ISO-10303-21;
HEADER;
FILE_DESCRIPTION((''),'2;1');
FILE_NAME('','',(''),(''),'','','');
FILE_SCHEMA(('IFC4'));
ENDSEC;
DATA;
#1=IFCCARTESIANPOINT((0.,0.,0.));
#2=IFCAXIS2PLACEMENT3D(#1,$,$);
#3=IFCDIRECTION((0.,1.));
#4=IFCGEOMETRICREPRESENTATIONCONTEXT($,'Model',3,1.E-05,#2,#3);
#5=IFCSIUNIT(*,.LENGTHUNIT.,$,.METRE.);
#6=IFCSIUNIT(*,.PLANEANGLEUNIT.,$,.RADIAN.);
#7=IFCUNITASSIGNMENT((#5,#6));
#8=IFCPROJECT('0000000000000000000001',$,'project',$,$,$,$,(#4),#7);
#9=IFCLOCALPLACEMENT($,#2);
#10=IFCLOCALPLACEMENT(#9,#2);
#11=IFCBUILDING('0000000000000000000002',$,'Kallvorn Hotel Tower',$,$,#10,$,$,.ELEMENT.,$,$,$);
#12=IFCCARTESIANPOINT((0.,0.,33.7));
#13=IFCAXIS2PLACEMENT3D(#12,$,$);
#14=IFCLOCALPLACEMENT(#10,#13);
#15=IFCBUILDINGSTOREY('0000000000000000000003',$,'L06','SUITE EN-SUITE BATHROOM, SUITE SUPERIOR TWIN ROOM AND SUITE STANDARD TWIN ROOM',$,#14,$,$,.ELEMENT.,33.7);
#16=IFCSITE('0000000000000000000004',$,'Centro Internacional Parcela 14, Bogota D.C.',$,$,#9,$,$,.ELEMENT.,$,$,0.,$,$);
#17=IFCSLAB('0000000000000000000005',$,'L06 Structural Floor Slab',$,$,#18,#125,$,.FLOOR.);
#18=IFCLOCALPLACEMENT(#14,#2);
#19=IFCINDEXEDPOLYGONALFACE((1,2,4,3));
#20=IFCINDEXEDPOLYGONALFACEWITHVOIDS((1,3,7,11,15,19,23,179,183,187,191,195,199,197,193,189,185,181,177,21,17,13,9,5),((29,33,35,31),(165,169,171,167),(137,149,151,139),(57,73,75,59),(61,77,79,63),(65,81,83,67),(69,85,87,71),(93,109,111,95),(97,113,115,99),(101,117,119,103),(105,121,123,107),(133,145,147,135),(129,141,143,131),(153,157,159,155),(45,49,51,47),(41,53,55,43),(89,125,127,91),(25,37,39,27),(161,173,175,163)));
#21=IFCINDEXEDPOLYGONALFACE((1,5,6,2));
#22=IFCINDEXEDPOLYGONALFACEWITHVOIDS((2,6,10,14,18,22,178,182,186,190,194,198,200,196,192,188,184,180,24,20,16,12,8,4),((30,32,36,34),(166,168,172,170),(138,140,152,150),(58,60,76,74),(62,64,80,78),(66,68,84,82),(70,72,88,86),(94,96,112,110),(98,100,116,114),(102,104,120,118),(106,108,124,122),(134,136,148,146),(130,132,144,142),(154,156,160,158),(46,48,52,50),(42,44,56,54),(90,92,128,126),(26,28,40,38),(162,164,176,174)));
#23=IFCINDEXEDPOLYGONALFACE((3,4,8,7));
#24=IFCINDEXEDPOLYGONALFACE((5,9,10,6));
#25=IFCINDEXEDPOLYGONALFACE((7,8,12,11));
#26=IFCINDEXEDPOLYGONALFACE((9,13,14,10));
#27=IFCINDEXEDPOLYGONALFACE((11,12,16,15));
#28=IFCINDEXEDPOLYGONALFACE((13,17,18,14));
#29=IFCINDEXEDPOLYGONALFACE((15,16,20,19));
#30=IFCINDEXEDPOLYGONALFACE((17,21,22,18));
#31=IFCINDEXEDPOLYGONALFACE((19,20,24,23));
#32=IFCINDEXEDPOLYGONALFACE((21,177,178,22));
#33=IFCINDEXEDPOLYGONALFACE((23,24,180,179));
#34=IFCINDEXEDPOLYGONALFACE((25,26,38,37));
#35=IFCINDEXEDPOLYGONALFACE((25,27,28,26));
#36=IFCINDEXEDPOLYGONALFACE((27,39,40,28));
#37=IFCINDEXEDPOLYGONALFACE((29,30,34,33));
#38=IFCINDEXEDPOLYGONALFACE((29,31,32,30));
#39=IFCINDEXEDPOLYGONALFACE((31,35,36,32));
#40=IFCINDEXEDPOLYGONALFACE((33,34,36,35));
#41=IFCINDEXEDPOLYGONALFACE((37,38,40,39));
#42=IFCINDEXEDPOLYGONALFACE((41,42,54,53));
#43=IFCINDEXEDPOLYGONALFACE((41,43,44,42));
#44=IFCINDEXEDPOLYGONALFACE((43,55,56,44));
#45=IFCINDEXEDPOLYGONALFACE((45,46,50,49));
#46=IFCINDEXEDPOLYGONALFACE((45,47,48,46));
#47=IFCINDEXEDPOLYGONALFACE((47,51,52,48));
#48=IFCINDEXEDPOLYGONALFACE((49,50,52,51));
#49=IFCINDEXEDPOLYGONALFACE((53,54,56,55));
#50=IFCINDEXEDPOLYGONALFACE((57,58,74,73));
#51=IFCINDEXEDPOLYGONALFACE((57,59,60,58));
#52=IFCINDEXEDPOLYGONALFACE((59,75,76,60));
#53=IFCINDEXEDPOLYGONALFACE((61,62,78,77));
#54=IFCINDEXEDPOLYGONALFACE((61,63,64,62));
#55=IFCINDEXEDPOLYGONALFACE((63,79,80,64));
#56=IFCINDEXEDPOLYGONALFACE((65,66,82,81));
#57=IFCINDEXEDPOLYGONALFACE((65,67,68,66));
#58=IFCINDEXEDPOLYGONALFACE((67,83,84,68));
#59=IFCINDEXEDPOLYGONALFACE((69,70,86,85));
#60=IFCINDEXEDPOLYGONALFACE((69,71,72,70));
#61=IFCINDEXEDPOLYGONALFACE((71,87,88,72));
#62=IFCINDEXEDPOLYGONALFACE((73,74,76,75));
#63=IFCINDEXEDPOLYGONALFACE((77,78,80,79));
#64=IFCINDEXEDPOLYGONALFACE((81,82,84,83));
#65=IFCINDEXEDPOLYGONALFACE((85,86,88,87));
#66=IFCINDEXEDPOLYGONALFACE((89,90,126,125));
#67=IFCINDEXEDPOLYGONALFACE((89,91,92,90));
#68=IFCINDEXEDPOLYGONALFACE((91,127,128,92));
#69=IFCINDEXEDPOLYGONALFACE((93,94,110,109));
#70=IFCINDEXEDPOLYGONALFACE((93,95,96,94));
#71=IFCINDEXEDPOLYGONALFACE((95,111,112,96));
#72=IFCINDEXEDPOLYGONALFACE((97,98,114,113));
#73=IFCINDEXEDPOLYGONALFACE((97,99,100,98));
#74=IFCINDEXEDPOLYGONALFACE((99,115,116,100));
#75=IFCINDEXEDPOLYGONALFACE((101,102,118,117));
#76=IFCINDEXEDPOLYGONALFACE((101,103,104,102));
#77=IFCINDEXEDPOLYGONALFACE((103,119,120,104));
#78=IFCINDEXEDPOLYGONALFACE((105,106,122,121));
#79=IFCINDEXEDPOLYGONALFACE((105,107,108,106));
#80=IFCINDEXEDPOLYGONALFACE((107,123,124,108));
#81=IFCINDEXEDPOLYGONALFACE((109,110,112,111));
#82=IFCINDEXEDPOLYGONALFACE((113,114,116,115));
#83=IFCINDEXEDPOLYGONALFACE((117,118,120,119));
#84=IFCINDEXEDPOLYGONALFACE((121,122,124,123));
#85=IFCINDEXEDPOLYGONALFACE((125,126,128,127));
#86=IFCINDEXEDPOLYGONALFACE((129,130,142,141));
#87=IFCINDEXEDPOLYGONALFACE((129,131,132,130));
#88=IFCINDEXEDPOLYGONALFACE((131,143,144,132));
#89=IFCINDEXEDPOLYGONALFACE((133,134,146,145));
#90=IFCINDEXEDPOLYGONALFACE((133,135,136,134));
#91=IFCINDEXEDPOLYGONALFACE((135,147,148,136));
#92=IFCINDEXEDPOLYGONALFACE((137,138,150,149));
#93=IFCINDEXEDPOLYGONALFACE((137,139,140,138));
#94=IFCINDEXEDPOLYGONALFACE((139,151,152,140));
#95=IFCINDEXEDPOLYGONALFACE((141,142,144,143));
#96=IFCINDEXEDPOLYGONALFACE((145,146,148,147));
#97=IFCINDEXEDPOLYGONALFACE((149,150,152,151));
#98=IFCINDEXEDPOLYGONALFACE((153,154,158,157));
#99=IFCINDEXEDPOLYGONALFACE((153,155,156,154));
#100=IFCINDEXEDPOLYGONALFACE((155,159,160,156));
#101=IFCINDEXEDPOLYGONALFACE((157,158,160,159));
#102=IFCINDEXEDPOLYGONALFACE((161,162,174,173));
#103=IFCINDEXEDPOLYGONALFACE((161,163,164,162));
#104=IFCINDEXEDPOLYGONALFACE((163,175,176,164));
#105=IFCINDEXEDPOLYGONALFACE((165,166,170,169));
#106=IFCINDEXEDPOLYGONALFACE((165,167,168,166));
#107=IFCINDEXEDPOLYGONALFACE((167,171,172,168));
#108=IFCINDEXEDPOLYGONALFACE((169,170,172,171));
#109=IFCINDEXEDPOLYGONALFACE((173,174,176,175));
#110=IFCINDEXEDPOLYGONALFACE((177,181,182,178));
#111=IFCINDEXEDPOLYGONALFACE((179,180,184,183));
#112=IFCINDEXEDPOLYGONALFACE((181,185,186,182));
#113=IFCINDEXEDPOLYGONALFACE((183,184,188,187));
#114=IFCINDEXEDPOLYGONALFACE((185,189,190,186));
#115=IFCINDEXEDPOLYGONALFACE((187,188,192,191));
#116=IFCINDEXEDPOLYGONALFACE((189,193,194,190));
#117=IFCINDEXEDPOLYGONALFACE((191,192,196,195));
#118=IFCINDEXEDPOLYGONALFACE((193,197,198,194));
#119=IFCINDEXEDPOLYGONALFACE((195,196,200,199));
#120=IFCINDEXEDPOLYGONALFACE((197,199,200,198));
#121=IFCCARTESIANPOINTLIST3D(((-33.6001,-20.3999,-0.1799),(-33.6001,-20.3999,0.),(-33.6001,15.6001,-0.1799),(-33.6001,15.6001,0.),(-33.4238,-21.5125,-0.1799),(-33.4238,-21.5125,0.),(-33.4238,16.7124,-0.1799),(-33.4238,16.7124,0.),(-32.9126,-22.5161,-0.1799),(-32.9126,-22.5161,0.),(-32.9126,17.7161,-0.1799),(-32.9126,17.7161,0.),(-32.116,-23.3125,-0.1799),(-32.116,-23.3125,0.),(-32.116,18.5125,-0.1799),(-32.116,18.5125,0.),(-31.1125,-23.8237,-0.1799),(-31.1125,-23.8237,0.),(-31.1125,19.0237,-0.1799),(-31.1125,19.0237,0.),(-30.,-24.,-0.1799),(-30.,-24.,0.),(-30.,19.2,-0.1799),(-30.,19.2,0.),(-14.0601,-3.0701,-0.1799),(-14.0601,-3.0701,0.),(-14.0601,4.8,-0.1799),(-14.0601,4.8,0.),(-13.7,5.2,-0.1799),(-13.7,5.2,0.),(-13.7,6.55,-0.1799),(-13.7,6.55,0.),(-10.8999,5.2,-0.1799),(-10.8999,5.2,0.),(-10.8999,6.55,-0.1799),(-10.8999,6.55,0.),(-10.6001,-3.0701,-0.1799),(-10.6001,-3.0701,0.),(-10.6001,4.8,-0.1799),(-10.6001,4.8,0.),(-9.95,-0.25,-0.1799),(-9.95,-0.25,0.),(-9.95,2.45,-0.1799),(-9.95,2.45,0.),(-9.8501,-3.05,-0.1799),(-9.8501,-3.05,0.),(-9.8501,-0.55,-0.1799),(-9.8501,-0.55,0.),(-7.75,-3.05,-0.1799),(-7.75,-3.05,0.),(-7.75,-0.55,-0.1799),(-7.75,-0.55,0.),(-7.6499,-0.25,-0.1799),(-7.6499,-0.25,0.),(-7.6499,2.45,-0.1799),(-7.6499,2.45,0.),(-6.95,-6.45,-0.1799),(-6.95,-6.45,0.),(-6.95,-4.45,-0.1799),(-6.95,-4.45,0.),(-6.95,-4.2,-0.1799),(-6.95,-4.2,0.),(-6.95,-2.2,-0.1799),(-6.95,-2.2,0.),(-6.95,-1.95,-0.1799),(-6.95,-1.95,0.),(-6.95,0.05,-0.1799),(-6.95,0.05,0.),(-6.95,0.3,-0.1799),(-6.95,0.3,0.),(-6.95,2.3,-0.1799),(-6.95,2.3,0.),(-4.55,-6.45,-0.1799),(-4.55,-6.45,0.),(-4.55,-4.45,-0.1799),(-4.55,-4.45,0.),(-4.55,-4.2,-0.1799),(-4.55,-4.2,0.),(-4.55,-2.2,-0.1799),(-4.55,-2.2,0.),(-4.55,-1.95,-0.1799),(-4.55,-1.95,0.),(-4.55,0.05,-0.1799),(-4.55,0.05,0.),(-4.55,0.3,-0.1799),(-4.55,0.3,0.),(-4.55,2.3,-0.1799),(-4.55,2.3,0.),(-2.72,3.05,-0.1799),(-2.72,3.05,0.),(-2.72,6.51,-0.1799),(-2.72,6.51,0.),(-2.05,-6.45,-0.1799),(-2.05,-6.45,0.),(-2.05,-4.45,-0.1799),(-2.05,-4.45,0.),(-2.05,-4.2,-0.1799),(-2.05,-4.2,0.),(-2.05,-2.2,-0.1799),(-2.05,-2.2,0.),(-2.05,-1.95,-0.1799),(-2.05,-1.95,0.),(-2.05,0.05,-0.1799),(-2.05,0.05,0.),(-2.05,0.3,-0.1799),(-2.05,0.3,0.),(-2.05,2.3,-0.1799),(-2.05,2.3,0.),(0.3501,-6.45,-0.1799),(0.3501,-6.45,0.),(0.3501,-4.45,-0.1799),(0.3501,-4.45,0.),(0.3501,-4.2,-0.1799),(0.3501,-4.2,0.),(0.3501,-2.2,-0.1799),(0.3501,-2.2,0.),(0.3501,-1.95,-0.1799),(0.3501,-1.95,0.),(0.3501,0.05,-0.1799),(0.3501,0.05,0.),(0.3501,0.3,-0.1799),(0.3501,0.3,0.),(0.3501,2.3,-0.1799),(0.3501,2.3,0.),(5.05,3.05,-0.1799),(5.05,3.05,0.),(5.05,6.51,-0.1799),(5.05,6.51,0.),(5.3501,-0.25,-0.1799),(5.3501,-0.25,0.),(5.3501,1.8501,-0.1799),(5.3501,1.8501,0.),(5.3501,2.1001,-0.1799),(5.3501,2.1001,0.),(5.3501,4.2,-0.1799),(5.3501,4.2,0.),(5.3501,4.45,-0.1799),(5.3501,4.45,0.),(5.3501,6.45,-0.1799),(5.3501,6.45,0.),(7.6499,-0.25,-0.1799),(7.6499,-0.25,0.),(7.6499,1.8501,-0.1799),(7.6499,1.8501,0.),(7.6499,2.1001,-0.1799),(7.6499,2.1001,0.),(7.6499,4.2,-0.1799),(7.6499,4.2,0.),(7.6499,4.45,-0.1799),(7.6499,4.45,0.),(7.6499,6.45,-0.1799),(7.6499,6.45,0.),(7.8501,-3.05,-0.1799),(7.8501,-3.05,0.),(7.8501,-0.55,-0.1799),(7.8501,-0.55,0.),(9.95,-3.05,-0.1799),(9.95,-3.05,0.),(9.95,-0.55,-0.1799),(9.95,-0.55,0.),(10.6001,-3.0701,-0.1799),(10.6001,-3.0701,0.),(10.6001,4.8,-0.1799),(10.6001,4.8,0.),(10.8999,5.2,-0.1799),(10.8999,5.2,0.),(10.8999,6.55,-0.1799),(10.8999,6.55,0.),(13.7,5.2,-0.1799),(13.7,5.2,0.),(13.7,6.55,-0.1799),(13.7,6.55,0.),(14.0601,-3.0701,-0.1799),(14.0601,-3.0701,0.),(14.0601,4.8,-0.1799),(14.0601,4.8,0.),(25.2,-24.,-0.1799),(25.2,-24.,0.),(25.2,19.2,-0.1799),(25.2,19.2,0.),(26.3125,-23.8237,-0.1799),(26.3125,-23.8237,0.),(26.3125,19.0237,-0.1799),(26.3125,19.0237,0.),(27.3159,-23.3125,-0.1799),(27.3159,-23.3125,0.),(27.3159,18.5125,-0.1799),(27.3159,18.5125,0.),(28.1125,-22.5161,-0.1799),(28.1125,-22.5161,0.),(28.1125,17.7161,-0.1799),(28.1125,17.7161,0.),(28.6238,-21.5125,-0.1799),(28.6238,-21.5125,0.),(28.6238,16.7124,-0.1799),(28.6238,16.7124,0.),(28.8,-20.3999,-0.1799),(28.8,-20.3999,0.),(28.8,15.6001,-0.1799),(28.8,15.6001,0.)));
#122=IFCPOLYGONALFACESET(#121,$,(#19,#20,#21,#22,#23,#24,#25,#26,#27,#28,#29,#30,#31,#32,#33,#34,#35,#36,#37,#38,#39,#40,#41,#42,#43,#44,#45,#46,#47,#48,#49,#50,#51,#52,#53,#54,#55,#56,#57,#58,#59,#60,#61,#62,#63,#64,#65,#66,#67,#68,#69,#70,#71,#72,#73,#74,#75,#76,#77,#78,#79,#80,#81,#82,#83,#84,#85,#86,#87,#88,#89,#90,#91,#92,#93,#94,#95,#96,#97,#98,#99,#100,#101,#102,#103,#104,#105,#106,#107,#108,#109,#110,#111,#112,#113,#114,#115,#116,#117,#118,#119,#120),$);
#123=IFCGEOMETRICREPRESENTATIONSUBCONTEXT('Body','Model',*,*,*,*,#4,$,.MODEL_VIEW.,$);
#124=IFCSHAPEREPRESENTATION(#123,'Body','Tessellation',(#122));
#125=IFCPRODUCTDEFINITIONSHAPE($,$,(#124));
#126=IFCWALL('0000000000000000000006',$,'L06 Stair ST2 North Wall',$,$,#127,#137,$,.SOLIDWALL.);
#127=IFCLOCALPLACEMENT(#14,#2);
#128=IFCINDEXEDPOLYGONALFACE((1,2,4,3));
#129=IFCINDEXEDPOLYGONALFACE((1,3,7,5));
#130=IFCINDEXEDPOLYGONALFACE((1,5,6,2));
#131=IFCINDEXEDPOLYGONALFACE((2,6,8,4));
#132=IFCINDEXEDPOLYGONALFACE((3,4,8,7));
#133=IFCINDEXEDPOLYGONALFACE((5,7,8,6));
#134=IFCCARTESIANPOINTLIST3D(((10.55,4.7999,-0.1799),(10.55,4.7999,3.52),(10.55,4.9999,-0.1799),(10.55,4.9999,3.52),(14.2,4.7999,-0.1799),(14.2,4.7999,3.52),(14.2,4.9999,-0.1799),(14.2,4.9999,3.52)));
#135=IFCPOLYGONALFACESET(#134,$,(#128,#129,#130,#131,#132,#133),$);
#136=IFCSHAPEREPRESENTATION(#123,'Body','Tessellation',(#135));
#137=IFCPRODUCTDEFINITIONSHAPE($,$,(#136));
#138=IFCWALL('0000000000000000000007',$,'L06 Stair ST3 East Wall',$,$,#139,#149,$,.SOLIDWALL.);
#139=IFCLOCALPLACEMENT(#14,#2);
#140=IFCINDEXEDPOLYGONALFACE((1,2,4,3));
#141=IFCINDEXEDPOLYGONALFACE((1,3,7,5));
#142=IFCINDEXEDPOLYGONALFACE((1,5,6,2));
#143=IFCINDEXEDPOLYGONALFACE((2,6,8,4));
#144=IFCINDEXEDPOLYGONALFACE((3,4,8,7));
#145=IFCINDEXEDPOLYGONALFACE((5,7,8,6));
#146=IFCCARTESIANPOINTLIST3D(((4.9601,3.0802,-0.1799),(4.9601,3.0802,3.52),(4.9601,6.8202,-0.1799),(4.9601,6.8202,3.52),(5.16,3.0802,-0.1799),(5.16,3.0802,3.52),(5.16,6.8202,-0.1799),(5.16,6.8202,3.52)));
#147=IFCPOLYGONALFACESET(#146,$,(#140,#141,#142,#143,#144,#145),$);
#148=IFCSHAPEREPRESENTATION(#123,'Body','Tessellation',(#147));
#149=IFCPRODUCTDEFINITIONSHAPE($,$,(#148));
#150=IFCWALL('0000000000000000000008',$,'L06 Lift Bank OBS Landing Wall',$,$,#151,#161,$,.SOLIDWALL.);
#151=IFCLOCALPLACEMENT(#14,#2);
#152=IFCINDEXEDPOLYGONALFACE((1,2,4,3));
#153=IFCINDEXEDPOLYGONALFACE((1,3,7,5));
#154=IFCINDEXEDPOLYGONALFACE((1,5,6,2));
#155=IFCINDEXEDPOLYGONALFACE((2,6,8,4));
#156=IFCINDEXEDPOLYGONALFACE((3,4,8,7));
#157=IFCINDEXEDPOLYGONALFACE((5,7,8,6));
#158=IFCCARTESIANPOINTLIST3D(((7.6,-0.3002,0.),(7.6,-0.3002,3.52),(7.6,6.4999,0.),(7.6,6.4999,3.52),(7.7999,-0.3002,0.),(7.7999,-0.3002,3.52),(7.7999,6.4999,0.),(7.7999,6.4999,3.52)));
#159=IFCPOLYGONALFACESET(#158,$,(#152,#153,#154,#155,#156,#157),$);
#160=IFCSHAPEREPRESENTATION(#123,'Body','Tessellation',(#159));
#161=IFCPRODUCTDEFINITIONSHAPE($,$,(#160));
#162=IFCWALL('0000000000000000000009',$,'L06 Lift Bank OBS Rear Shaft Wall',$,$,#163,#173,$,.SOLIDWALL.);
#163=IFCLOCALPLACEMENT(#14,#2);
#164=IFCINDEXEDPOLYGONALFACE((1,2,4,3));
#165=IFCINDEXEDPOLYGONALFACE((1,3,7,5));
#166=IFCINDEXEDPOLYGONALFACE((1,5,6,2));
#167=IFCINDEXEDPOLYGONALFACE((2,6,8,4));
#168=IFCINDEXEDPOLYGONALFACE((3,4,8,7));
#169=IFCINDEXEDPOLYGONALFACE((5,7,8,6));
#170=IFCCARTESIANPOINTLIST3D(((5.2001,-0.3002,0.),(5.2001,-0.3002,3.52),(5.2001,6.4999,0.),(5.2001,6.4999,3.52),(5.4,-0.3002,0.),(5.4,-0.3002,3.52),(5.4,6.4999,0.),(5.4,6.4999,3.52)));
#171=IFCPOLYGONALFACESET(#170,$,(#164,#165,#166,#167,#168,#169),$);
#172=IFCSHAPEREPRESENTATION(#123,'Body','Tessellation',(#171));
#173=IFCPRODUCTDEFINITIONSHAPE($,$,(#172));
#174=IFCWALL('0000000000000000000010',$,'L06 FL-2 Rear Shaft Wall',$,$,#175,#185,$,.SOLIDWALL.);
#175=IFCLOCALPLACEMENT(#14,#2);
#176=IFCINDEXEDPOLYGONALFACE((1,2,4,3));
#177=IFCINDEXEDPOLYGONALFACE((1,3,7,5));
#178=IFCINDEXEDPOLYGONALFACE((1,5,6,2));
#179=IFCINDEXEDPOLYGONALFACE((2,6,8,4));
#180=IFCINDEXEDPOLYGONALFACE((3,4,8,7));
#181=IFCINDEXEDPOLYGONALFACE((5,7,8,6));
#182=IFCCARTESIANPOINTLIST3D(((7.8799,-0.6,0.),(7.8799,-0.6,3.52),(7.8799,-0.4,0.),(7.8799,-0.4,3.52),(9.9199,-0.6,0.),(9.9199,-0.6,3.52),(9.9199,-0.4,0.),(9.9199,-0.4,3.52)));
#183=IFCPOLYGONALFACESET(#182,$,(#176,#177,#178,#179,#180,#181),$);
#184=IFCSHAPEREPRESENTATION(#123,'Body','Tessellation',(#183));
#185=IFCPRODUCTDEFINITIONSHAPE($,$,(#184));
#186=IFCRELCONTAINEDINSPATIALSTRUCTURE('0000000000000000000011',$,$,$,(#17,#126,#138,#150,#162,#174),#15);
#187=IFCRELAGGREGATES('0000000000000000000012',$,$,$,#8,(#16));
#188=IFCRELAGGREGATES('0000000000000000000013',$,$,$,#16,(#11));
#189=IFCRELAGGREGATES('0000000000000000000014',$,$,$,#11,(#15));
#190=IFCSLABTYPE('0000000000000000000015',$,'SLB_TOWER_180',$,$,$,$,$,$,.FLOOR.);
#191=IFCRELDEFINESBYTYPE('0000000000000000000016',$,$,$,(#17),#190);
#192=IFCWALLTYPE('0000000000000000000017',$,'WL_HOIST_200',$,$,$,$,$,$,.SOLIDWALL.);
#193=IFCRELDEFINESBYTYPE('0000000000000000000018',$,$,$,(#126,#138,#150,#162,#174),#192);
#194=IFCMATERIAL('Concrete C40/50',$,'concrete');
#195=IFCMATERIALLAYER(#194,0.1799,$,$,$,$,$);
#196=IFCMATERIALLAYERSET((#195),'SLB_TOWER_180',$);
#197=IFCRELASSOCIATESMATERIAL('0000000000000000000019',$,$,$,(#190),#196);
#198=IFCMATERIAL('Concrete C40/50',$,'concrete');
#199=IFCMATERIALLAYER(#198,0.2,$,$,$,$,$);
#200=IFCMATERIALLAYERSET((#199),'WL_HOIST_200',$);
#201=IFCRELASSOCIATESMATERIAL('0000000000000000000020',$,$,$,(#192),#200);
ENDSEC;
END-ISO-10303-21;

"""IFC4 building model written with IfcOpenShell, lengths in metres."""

from ifc_helpers import new_model, si_unit, direction, frame, frame_2d, origin, place, context, subcontext, project, spatial, polyline, rectangle, outline, extrude, material, layer, layer_set, type_object, element, save


model = new_model("IFC4")

# Units and contexts
model_context = context("Model", 3, precision=1e-05, world=origin(), true_north=direction((0.0, 1.0)))
body_context = subcontext(model_context, "Body", "Model", "MODEL_VIEW")
ifc_project = project(units=[si_unit("LENGTHUNIT", "METRE"), si_unit("PLANEANGLEUNIT", "RADIAN")], contexts=[model_context])

# Site, building, storey
site_placement = place(None, origin())
site = spatial("IfcSite", under=ifc_project, at=site_placement, Name="Centro Internacional Parcela 14, Bogota D.C.", CompositionType="ELEMENT", RefElevation=0.0)
building_placement = place(site_placement, origin())
building = spatial("IfcBuilding", under=site, at=building_placement, Name="Kallvorn Hotel Tower", CompositionType="ELEMENT")
storey_placement = place(building_placement, frame((0.0, 0.0, 33.7)))
storey = spatial("IfcBuildingStorey", under=building, at=storey_placement, Name="L06", Description="SUITE EN-SUITE BATHROOM, SUITE SUPERIOR TWIN ROOM AND SUITE STANDARD TWIN ROOM", CompositionType="ELEMENT", Elevation=33.7)

# Slab
ifc_material_1 = material(Name="Concrete C40/50", Category="concrete")
ifc_layer_1 = layer(ifc_material_1, 0.1799)
ifc_layer_set_1 = layer_set([ifc_layer_1], Name="SLB_TOWER_180")
slab_type_1 = type_object("IfcSlabType", Name="SLB_TOWER_180", PredefinedType="FLOOR", material=ifc_layer_set_1)
slab_1_placement = place(storey_placement, frame((0.0, 0.0, -0.1799)))
element("IfcSlab", 1, at=slab_1_placement, inside=storey, type_object=slab_type_1, Name="L06 Structural Floor Slab", PredefinedType="FLOOR", context=body_context, shape_type="SweptSolid", body=[
    extrude(outline(polyline([(25.2, -24.0), (26.3125, -23.8237), (27.3159, -23.3125), (28.1125, -22.5161), (28.6238, -21.5125), (28.8, -20.3999), (28.8, 15.6001), (28.6238, 16.7124), (28.1125, 17.7161), (27.3159, 18.5125), (26.3125, 19.0237), (25.2, 19.2), (-30.0, 19.2), (-31.1125, 19.0237), (-32.116, 18.5125), (-32.9126, 17.7161), (-33.4238, 16.7124), (-33.6001, 15.6001), (-33.6001, -20.3999), (-33.4238, -21.5125), (-32.9126, -22.5161), (-32.116, -23.3125), (-31.1125, -23.8237), (-30.0, -24.0), (25.2, -24.0)]), holes=[polyline([(-10.6001, -3.0701), (-10.6001, 4.8), (-14.0601, 4.8), (-14.0601, -3.0701), (-10.6001, -3.0701)]), polyline([(14.0601, -3.0701), (14.0601, 4.8), (10.6001, 4.8), (10.6001, -3.0701), (14.0601, -3.0701)]), polyline([(-2.72, 3.05), (5.05, 3.05), (5.05, 6.51), (-2.72, 6.51), (-2.72, 3.05)]), polyline([(-6.95, -6.45), (-4.55, -6.45), (-4.55, -4.45), (-6.95, -4.45), (-6.95, -6.45)]), polyline([(-6.95, -4.2), (-4.55, -4.2), (-4.55, -2.2), (-6.95, -2.2), (-6.95, -4.2)]), polyline([(-6.95, -1.95), (-4.55, -1.95), (-4.55, 0.05), (-6.95, 0.05), (-6.95, -1.95)]), polyline([(-6.95, 0.3), (-4.55, 0.3), (-4.55, 2.3), (-6.95, 2.3), (-6.95, 0.3)]), polyline([(-2.05, -6.45), (0.3501, -6.45), (0.3501, -4.45), (-2.05, -4.45), (-2.05, -6.45)]), polyline([(-2.05, -4.2), (0.3501, -4.2), (0.3501, -2.2), (-2.05, -2.2), (-2.05, -4.2)]), polyline([(-2.05, -1.95), (0.3501, -1.95), (0.3501, 0.05), (-2.05, 0.05), (-2.05, -1.95)]), polyline([(-2.05, 0.3), (0.3501, 0.3), (0.3501, 2.3), (-2.05, 2.3), (-2.05, 0.3)]), polyline([(5.3501, -0.25), (7.6499, -0.25), (7.6499, 1.8501), (5.3501, 1.8501), (5.3501, -0.25)]), polyline([(5.3501, 2.1001), (7.6499, 2.1001), (7.6499, 4.2), (5.3501, 4.2), (5.3501, 2.1001)]), polyline([(5.3501, 4.45), (7.6499, 4.45), (7.6499, 6.45), (5.3501, 6.45), (5.3501, 4.45)]), polyline([(-9.8501, -3.05), (-7.75, -3.05), (-7.75, -0.55), (-9.8501, -0.55), (-9.8501, -3.05)]), polyline([(7.8501, -3.05), (9.95, -3.05), (9.95, -0.55), (7.8501, -0.55), (7.8501, -3.05)]), polyline([(-9.95, -0.25), (-7.6499, -0.25), (-7.6499, 2.45), (-9.95, 2.45), (-9.95, -0.25)]), polyline([(-13.7, 5.2), (-10.8999, 5.2), (-10.8999, 6.55), (-13.7, 6.55), (-13.7, 5.2)]), polyline([(10.8999, 5.2), (13.7, 5.2), (13.7, 6.55), (10.8999, 6.55), (10.8999, 5.2)])]), origin(), (0.0, 0.0, 1.0), 0.1799),
])

# Walls
ifc_material_2 = material(Name="Concrete C40/50", Category="concrete")
ifc_layer_2 = layer(ifc_material_2, 0.2)
ifc_layer_set_2 = layer_set([ifc_layer_2], Name="WL_HOIST_200")
wall_type_1 = type_object("IfcWallType", Name="WL_HOIST_200", PredefinedType="SOLIDWALL", material=ifc_layer_set_2)
wall_1_placement = place(storey_placement, frame((10.55, 4.8999, -0.1799), z_axis=(0.0, 0.0, 1.0), x_axis=(1.0, 0.0, 0.0)))
element("IfcWall", 2, at=wall_1_placement, inside=storey, type_object=wall_type_1, Name="L06 Stair ST2 North Wall", PredefinedType="SOLIDWALL", context=body_context, shape_type="SweptSolid", body=[
    extrude(rectangle(XDim=3.6499, YDim=0.2, at=frame_2d((1.825, 0.0))), origin(), (0.0, 0.0, 1.0), 3.7),
])
wall_2_placement = place(storey_placement, frame((5.0601, 3.0801, -0.1799), z_axis=(0.0, 0.0, 1.0), x_axis=(0.0, 1.0, 0.0)))
element("IfcWall", 3, at=wall_2_placement, inside=storey, type_object=wall_type_1, Name="L06 Stair ST3 East Wall", PredefinedType="SOLIDWALL", context=body_context, shape_type="SweptSolid", body=[
    extrude(rectangle(XDim=3.74, YDim=0.2, at=frame_2d((1.8701, 0.0))), origin(), (0.0, 0.0, 1.0), 3.7),
])
for number, where, z_axis, x_axis, name in (
    (4, (7.7, -0.3, 0.0), (0.0, 0.0, 1.0), (0.0, 1.0, 0.0), "L06 Lift Bank OBS Landing Wall"),
    (5, (5.3, -0.3, 0.0), (0.0, 0.0, 1.0), (0.0, 1.0, 0.0), "L06 Lift Bank OBS Rear Shaft Wall"),
):
    element("IfcWall", number, at=place(storey_placement, frame(where, z_axis=z_axis, x_axis=x_axis)), inside=storey, type_object=wall_type_1, Name=name, PredefinedType="SOLIDWALL", context=body_context, shape_type="SweptSolid", body=[
        extrude(rectangle(XDim=6.8, YDim=0.2, at=frame_2d((3.3999, 0.0))), origin(), (0.0, 0.0, 1.0), 3.52),
    ])
wall_3_placement = place(storey_placement, frame((7.8799, -0.5, 0.0), z_axis=(0.0, 0.0, 1.0), x_axis=(1.0, 0.0, 0.0)))
element("IfcWall", 6, at=wall_3_placement, inside=storey, type_object=wall_type_1, Name="L06 FL-2 Rear Shaft Wall", PredefinedType="SOLIDWALL", context=body_context, shape_type="SweptSolid", body=[
    extrude(rectangle(XDim=2.04, YDim=0.2, at=frame_2d((1.02, 0.0))), origin(), (0.0, 0.0, 1.0), 3.52),
])

save(model, "model.ifc")
